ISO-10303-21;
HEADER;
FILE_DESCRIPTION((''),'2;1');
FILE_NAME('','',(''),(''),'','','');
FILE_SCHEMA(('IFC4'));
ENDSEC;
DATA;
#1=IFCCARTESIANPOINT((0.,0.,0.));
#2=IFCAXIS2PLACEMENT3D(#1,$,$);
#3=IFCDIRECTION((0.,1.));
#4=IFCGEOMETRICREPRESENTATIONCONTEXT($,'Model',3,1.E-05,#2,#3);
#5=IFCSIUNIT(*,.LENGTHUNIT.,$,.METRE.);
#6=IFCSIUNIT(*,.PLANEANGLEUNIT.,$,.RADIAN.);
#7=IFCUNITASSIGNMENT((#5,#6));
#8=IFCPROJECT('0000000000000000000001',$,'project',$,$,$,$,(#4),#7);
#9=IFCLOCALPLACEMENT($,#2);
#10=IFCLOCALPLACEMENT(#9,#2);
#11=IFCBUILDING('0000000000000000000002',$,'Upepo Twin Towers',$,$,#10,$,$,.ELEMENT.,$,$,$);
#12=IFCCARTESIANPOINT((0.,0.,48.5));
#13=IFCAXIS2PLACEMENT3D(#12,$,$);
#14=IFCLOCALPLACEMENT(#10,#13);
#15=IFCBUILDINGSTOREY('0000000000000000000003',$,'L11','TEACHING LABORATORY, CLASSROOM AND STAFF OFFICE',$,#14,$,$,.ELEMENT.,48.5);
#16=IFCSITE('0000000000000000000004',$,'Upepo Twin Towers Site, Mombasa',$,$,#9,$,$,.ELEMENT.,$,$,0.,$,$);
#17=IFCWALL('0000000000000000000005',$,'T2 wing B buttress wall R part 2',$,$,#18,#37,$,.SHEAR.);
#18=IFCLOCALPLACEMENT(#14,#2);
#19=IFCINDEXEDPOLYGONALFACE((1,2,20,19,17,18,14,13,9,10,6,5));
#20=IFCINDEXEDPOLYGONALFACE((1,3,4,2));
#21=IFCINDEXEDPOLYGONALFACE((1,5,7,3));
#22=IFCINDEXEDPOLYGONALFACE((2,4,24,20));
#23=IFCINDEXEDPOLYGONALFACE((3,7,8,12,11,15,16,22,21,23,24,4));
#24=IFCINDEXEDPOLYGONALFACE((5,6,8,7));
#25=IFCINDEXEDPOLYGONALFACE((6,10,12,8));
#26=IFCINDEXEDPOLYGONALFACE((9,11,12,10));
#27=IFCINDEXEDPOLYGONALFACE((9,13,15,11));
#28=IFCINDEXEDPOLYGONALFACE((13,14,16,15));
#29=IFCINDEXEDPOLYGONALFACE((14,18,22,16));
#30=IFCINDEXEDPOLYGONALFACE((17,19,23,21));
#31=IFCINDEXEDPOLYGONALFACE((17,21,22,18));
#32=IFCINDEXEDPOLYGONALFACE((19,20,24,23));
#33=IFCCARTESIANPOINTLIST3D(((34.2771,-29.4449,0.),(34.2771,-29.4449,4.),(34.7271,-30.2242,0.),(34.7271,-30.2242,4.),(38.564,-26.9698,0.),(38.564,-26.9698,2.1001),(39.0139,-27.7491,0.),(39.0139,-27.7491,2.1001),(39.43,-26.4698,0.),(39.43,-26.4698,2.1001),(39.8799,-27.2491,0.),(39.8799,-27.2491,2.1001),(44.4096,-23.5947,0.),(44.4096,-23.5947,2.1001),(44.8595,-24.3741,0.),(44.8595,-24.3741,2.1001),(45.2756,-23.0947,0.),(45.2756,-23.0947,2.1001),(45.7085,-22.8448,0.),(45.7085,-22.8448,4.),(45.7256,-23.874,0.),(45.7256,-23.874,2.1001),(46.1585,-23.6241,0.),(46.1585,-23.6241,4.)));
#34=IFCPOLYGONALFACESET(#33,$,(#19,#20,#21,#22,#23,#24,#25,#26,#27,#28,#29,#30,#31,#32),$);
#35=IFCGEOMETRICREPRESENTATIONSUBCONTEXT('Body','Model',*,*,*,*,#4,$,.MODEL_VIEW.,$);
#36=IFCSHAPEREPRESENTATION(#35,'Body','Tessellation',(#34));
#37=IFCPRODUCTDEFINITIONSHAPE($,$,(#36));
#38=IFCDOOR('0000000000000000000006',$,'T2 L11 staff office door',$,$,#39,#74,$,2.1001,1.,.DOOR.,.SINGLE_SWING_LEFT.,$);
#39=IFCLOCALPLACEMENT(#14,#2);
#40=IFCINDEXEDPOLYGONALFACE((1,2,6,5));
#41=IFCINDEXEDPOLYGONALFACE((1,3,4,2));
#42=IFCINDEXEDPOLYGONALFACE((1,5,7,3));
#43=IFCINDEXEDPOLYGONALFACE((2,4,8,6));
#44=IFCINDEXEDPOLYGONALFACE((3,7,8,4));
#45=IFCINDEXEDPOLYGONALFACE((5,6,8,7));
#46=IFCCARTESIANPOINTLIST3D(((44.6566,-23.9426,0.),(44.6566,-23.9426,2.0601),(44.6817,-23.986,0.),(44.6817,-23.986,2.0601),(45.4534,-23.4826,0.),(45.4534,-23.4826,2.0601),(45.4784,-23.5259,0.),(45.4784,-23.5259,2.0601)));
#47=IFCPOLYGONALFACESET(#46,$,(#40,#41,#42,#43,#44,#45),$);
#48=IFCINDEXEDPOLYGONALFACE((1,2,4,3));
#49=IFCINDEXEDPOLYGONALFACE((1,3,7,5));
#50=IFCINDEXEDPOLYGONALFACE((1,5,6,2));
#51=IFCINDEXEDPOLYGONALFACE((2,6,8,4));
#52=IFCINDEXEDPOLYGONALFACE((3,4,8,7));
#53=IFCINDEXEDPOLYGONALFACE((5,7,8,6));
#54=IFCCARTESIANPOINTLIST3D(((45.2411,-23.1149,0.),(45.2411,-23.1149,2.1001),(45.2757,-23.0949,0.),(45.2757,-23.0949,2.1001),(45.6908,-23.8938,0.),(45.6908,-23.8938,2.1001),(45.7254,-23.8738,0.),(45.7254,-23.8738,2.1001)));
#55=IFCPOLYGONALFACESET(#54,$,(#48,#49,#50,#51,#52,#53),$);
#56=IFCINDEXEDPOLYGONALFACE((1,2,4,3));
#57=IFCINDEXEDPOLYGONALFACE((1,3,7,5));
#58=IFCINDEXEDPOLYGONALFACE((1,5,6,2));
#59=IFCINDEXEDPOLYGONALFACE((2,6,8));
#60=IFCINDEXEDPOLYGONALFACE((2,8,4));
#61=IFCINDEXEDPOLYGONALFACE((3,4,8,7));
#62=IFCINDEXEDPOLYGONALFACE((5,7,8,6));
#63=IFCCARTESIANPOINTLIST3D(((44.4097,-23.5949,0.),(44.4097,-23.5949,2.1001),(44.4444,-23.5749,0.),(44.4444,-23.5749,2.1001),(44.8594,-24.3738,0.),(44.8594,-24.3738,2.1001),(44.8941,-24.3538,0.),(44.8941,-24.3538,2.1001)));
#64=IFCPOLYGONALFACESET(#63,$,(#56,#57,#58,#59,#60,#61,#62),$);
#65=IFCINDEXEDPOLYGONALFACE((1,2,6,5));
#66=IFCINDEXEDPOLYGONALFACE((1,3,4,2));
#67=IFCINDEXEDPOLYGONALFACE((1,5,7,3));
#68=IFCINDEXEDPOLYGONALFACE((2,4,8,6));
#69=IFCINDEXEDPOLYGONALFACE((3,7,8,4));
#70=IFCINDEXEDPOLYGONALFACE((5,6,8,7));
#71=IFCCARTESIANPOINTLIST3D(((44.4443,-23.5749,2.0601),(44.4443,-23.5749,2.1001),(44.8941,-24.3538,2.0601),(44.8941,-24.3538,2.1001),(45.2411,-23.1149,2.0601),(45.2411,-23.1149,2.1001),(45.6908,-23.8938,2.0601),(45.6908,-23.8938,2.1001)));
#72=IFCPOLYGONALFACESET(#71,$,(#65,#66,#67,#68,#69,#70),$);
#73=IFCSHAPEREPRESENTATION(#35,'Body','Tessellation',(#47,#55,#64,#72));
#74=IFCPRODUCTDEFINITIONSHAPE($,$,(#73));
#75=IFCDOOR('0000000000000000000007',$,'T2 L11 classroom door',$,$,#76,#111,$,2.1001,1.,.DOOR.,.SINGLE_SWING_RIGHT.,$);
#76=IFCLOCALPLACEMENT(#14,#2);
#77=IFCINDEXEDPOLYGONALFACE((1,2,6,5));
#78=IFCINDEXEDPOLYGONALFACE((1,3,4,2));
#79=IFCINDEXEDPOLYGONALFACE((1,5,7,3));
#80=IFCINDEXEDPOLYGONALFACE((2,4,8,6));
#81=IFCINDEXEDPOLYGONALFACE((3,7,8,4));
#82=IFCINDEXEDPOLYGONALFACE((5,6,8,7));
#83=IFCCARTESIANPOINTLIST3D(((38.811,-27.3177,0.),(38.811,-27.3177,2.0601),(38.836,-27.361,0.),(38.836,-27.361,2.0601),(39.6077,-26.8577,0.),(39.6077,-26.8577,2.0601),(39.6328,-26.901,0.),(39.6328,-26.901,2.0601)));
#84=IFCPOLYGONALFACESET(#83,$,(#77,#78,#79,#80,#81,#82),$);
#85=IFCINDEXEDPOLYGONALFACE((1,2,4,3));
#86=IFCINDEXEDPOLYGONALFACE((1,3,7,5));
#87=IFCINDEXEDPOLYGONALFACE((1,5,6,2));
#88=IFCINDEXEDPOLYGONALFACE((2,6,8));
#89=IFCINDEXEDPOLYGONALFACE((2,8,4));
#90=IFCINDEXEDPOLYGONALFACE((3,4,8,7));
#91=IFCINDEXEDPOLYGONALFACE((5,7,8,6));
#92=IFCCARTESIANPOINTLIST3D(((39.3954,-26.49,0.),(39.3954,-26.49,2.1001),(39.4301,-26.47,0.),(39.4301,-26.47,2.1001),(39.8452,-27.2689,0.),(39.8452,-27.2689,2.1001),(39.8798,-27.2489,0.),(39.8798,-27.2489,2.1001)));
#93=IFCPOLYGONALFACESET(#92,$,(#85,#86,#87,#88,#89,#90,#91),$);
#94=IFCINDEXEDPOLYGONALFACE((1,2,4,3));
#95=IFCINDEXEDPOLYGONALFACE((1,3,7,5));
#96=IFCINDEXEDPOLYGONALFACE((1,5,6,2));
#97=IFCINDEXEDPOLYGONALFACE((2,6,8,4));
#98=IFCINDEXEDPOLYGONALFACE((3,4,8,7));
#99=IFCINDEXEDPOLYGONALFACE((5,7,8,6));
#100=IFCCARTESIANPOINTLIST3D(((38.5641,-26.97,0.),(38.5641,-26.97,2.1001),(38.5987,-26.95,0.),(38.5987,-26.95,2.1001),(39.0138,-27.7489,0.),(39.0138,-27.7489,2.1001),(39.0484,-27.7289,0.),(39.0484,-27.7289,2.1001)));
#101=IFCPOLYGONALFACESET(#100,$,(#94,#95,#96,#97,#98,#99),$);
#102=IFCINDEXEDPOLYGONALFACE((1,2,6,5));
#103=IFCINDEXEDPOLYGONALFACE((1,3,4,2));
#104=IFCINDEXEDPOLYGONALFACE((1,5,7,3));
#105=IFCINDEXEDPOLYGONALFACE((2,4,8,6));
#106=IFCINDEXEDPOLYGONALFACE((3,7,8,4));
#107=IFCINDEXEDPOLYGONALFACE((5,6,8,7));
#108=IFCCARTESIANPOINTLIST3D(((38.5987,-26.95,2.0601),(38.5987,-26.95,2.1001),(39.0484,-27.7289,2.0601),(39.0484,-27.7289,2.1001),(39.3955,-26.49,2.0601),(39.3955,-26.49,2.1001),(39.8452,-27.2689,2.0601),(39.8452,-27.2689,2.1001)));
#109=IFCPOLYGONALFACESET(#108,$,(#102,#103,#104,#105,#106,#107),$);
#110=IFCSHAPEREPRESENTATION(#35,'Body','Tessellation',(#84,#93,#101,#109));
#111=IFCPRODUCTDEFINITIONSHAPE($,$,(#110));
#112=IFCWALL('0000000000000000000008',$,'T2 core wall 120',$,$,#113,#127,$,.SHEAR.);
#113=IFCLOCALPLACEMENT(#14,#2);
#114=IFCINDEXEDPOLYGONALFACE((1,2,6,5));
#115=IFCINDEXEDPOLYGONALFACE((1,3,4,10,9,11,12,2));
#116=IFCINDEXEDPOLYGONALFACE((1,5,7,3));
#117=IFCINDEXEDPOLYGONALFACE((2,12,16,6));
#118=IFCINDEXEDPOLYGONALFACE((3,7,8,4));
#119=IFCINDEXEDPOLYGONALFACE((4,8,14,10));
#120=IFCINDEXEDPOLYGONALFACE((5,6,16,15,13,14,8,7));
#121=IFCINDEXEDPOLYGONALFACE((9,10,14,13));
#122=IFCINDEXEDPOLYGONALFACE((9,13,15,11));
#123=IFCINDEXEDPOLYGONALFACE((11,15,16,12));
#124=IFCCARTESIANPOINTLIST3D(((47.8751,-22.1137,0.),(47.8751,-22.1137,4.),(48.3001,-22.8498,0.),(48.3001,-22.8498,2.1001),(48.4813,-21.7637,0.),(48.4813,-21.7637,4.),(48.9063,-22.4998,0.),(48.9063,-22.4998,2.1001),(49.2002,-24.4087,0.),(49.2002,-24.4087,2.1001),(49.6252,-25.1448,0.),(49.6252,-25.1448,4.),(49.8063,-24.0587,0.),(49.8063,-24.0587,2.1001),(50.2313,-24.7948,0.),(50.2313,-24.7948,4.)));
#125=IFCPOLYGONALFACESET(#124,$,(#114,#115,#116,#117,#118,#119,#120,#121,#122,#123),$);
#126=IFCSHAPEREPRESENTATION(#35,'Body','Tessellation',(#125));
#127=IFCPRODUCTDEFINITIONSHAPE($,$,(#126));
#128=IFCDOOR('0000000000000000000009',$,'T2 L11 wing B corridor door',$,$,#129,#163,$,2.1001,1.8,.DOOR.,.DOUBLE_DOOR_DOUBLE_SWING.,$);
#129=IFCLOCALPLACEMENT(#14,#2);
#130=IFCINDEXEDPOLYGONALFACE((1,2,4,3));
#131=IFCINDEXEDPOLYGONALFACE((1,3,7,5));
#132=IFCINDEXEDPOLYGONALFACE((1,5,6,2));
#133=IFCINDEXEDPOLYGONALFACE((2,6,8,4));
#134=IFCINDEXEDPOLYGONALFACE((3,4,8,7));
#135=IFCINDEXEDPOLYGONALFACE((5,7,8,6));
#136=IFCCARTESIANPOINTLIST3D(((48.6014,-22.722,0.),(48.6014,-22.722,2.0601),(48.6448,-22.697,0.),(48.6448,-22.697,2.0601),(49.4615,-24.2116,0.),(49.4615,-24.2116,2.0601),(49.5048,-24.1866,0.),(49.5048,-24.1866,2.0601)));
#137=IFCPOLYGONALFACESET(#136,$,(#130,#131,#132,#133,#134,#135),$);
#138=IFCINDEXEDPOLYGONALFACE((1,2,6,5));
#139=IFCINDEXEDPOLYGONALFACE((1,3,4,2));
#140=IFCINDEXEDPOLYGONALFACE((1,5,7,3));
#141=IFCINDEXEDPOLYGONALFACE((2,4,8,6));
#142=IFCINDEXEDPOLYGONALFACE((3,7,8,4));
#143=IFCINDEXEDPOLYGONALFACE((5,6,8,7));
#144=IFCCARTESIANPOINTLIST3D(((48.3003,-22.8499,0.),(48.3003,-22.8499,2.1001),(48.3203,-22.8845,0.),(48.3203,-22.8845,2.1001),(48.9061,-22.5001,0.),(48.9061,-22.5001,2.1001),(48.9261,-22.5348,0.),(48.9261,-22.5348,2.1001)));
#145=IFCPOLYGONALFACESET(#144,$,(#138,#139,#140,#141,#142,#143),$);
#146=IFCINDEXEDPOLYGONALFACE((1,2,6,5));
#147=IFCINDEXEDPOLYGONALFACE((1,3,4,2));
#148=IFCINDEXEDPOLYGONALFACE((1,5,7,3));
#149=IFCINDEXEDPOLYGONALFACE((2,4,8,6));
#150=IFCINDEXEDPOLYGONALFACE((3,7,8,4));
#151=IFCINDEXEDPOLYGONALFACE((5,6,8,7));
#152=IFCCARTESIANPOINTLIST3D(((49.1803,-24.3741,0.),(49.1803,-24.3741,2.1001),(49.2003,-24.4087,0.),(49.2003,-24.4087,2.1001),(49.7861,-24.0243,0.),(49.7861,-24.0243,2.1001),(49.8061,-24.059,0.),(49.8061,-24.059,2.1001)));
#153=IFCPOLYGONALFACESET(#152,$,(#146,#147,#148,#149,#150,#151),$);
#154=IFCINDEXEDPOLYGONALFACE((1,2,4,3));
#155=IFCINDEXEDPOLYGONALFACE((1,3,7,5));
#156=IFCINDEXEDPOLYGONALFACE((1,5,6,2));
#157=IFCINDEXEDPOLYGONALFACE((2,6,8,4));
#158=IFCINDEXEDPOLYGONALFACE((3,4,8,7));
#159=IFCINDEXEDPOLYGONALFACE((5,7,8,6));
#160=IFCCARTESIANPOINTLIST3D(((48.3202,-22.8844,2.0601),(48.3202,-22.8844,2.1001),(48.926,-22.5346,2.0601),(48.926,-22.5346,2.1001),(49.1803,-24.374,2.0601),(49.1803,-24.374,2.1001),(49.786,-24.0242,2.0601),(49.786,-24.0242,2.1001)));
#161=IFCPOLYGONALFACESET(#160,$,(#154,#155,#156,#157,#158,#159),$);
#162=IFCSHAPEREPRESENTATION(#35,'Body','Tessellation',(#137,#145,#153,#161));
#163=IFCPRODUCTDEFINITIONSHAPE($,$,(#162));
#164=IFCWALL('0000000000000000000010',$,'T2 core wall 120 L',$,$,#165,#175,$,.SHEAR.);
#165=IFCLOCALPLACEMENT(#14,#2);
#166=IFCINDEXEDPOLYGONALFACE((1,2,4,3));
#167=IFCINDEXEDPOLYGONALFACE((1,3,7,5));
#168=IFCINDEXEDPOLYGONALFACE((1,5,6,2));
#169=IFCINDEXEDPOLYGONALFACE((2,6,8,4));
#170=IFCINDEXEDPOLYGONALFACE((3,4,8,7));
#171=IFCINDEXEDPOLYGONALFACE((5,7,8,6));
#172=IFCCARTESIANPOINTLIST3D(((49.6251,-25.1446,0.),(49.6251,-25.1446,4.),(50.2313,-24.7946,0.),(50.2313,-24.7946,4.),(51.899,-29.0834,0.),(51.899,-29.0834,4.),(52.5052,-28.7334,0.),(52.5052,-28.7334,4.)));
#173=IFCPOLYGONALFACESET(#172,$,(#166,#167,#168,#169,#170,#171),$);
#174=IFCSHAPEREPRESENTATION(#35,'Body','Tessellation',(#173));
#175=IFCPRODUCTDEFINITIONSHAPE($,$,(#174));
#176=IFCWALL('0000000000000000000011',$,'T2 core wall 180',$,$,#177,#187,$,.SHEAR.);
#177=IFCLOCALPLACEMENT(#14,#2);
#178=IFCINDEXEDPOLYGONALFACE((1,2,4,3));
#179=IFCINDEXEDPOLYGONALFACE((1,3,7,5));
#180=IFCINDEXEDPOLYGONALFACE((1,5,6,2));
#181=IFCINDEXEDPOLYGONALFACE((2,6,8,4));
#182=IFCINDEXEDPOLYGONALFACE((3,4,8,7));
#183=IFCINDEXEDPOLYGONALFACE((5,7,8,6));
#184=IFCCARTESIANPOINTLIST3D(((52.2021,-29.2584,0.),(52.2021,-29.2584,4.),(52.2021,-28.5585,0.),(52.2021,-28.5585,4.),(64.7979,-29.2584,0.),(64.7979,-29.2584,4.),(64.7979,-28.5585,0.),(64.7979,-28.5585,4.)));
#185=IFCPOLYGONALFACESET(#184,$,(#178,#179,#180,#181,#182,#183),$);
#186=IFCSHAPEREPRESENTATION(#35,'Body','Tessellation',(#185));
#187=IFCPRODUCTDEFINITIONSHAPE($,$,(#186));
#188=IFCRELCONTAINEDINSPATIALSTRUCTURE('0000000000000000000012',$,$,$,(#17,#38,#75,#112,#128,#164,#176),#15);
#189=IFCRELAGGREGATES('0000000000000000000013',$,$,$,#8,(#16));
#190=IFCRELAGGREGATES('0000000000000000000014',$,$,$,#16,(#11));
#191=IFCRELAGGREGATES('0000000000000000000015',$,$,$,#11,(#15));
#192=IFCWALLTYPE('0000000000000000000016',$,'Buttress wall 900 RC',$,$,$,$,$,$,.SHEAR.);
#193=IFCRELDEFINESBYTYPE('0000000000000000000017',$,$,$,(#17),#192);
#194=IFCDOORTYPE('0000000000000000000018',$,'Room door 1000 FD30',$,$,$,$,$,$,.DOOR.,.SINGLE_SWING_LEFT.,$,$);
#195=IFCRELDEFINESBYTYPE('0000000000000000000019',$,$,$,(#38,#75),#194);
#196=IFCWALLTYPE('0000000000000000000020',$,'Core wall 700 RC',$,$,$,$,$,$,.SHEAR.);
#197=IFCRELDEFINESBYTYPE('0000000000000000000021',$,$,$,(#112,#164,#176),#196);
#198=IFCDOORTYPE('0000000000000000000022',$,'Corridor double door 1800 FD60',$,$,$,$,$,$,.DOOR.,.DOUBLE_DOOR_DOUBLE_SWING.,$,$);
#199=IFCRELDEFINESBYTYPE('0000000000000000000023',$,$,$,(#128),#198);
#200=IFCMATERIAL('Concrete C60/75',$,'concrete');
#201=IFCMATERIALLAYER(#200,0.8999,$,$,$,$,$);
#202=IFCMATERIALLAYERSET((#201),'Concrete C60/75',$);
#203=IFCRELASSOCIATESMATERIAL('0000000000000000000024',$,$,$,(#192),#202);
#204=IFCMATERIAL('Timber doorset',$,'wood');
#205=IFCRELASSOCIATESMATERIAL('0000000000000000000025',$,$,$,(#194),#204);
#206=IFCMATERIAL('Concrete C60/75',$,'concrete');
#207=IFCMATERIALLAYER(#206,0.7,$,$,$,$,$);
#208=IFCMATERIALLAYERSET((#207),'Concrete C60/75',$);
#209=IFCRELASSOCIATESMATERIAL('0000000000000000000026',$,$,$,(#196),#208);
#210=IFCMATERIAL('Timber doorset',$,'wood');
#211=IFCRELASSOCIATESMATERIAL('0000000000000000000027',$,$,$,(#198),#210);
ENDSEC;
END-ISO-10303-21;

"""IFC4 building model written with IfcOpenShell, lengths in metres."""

from ifc_helpers import new_model, si_unit, direction, frame, frame_2d, origin, place, context, subcontext, project, spatial, rectangle, extrude, material, layer, layer_set, type_object, element, fill, save


model = new_model("IFC4")

# Units and contexts
model_context = context("Model", 3, precision=1e-05, world=origin(), true_north=direction((0.0, 1.0)))
body_context = subcontext(model_context, "Body", "Model", "MODEL_VIEW")
ifc_project = project(units=[si_unit("LENGTHUNIT", "METRE"), si_unit("PLANEANGLEUNIT", "RADIAN")], contexts=[model_context])

# Site, building, storey
site_placement = place(None, origin())
site = spatial("IfcSite", under=ifc_project, at=site_placement, Name="Upepo Twin Towers Site, Mombasa", CompositionType="ELEMENT", RefElevation=0.0)
building_placement = place(site_placement, origin())
building = spatial("IfcBuilding", under=site, at=building_placement, Name="Upepo Twin Towers", CompositionType="ELEMENT")
storey_placement = place(building_placement, frame((0.0, 0.0, 48.5)))
storey = spatial("IfcBuildingStorey", under=building, at=storey_placement, Name="L11", Description="TEACHING LABORATORY, CLASSROOM AND STAFF OFFICE", CompositionType="ELEMENT", Elevation=48.5)

# Wall, openings, doors
ifc_material_1 = material(Name="Concrete C60/75", Category="concrete")
ifc_layer_1 = layer(ifc_material_1, 0.8999)
ifc_layer_set_1 = layer_set([ifc_layer_1], Name="Concrete C60/75")
wall_type_1 = type_object("IfcWallType", Name="Buttress wall 900 RC", PredefinedType="SHEAR", material=ifc_layer_set_1)
ifc_material_2 = material(Name="Timber doorset", Category="wood")
door_type_1 = type_object("IfcDoorType", Name="Room door 1000 FD30", OperationType="SINGLE_SWING_LEFT", PredefinedType="DOOR", material=ifc_material_2)
wall_1_placement = place(storey_placement, frame((45.9336, -23.2344, 0.0), z_axis=(0.0, 0.0, 1.0), x_axis=(-0.86602, -0.50001, 0.0)))
wall_1 = element("IfcWall", 1, at=wall_1_placement, inside=storey, type_object=wall_type_1, Name="T2 wing B buttress wall R part 2", PredefinedType="SHEAR", context=body_context, shape_type="SweptSolid", body=[
    extrude(rectangle(XDim=13.2, YDim=0.8999, at=frame_2d((6.6001, 0.0))), origin(), (0.0, 0.0, 1.0), 4.0),
])
opening_1_placement = place(wall_1_placement, frame((0.5, 0.0, 0.0)))
opening_1 = element("IfcOpeningElement", 2, at=opening_1_placement, cuts=wall_1, PredefinedType="OPENING", context=body_context, shape_type="SweptSolid", body=[
    extrude(rectangle(XDim=1.0, YDim=2.1001, at=frame_2d((0.5, 1.05))), frame((0.0, 0.46, 0.0), z_axis=(0.0, -1.0, 0.0), x_axis=(1.0, 0.0, 0.0)), (0.0, 0.0, 1.0), 0.9199),
])
opening_2_placement = place(wall_1_placement, frame((7.25, 0.0, 0.0)))
opening_2 = element("IfcOpeningElement", 3, at=opening_2_placement, cuts=wall_1, PredefinedType="OPENING", context=body_context, shape_type="SweptSolid", body=[
    extrude(rectangle(XDim=1.0, YDim=2.1001, at=frame_2d((0.5, 1.05))), frame((0.0, 0.46, 0.0), z_axis=(0.0, -1.0, 0.0), x_axis=(1.0, 0.0, 0.0)), (0.0, 0.0, 1.0), 0.9199),
])
door_1_placement = place(opening_1_placement, origin())
door_1 = element("IfcDoor", 4, at=door_1_placement, inside=storey, type_object=door_type_1, Name="T2 L11 staff office door", OperationType="SINGLE_SWING_LEFT", OverallHeight=2.1001, OverallWidth=1.0, PredefinedType="DOOR", context=body_context, shape_type="SweptSolid", body=[
    extrude(rectangle(XDim=0.92, YDim=2.0601, at=frame_2d((0.5, 1.03))), frame((0.0, 0.0249, 0.0), z_axis=(0.0, -1.0, 0.0), x_axis=(1.0, 0.0, 0.0)), (0.0, 0.0, 1.0), 0.05),
    extrude(rectangle(XDim=0.04, YDim=2.1001, at=frame_2d((0.02, 1.05))), frame((0.0, 0.4497, 0.0), z_axis=(0.0, -1.0, 0.0), x_axis=(1.0, 0.0, 0.0)), (0.0, 0.0, 1.0), 0.8994),
    extrude(rectangle(XDim=0.04, YDim=2.1001, at=frame_2d((0.98, 1.05))), frame((0.0, 0.4497, 0.0), z_axis=(0.0, -1.0, 0.0), x_axis=(1.0, 0.0, 0.0)), (0.0, 0.0, 1.0), 0.8994),
    extrude(rectangle(XDim=0.92, YDim=0.04, at=frame_2d((0.5, 2.0801))), frame((0.0, 0.4497, 0.0), z_axis=(0.0, -1.0, 0.0), x_axis=(1.0, 0.0, 0.0)), (0.0, 0.0, 1.0), 0.8994),
])
fill(opening_1, door_1)
door_2_placement = place(opening_2_placement, origin())
door_2 = element("IfcDoor", 5, at=door_2_placement, inside=storey, type_object=door_type_1, Name="T2 L11 classroom door", OperationType="SINGLE_SWING_RIGHT", OverallHeight=2.1001, OverallWidth=1.0, PredefinedType="DOOR", context=body_context, shape_type="SweptSolid", body=[
    extrude(rectangle(XDim=0.92, YDim=2.0601, at=frame_2d((0.5, 1.03))), frame((0.0, 0.0249, 0.0), z_axis=(0.0, -1.0, 0.0), x_axis=(1.0, 0.0, 0.0)), (0.0, 0.0, 1.0), 0.05),
    extrude(rectangle(XDim=0.04, YDim=2.1001, at=frame_2d((0.02, 1.05))), frame((0.0, 0.4497, 0.0), z_axis=(0.0, -1.0, 0.0), x_axis=(1.0, 0.0, 0.0)), (0.0, 0.0, 1.0), 0.8994),
    extrude(rectangle(XDim=0.04, YDim=2.1001, at=frame_2d((0.98, 1.05))), frame((0.0, 0.4497, 0.0), z_axis=(0.0, -1.0, 0.0), x_axis=(1.0, 0.0, 0.0)), (0.0, 0.0, 1.0), 0.8994),
    extrude(rectangle(XDim=0.92, YDim=0.04, at=frame_2d((0.5, 2.0801))), frame((0.0, 0.4497, 0.0), z_axis=(0.0, -1.0, 0.0), x_axis=(1.0, 0.0, 0.0)), (0.0, 0.0, 1.0), 0.8994),
])
fill(opening_2, door_2)

# Wall, opening, door
ifc_material_3 = material(Name="Concrete C60/75", Category="concrete")
ifc_layer_2 = layer(ifc_material_3, 0.7)
ifc_layer_set_2 = layer_set([ifc_layer_2], Name="Concrete C60/75")
wall_type_2 = type_object("IfcWallType", Name="Core wall 700 RC", PredefinedType="SHEAR", material=ifc_layer_set_2)
wall_2_placement = place(storey_placement, frame((48.1782, -21.9387, 0.0), z_axis=(0.0, 0.0, 1.0), x_axis=(0.50001, -0.866019, 0.0)))
wall_2 = element("IfcWall", 6, at=wall_2_placement, inside=storey, type_object=wall_type_2, Name="T2 core wall 120", PredefinedType="SHEAR", context=body_context, shape_type="SweptSolid", body=[
    extrude(rectangle(XDim=3.5, YDim=0.7, at=frame_2d((1.75, 0.0))), origin(), (0.0, 0.0, 1.0), 4.0),
])
opening_3_placement = place(wall_2_placement, frame((0.8501, 0.0, 0.0)))
opening_3 = element("IfcOpeningElement", 7, at=opening_3_placement, cuts=wall_2, PredefinedType="OPENING", context=body_context, shape_type="SweptSolid", body=[
    extrude(rectangle(XDim=1.8, YDim=2.1001, at=frame_2d((0.8999, 1.05))), frame((0.0, 0.3599, 0.0), z_axis=(0.0, -1.0, 0.0), x_axis=(1.0, 0.0, 0.0)), (0.0, 0.0, 1.0), 0.72),
])
ifc_material_4 = material(Name="Timber doorset", Category="wood")
door_type_2 = type_object("IfcDoorType", Name="Corridor double door 1800 FD60", OperationType="DOUBLE_DOOR_DOUBLE_SWING", PredefinedType="DOOR", material=ifc_material_4)
door_3_placement = place(opening_3_placement, origin())
door_3 = element("IfcDoor", 8, at=door_3_placement, inside=storey, type_object=door_type_2, Name="T2 L11 wing B corridor door", OperationType="DOUBLE_DOOR_DOUBLE_SWING", OverallHeight=2.1001, OverallWidth=1.8, PredefinedType="DOOR", context=body_context, shape_type="SweptSolid", body=[
    extrude(rectangle(XDim=1.72, YDim=2.0601, at=frame_2d((0.8999, 1.03))), frame((0.0, 0.0249, 0.0), z_axis=(0.0, -1.0, 0.0), x_axis=(1.0, 0.0, 0.0)), (0.0, 0.0, 1.0), 0.05),
    extrude(rectangle(XDim=0.04, YDim=2.1001, at=frame_2d((0.02, 1.05))), frame((0.0, 0.3496, 0.0), z_axis=(0.0, -1.0, 0.0), x_axis=(1.0, 0.0, 0.0)), (0.0, 0.0, 1.0), 0.6995),
    extrude(rectangle(XDim=0.04, YDim=2.1001, at=frame_2d((1.78, 1.05))), frame((0.0, 0.3496, 0.0), z_axis=(0.0, -1.0, 0.0), x_axis=(1.0, 0.0, 0.0)), (0.0, 0.0, 1.0), 0.6995),
    extrude(rectangle(XDim=1.72, YDim=0.04, at=frame_2d((0.8999, 2.0801))), frame((0.0, 0.3496, 0.0), z_axis=(0.0, -1.0, 0.0), x_axis=(1.0, 0.0, 0.0)), (0.0, 0.0, 1.0), 0.6995),
])
fill(opening_3, door_3)

# Walls
wall_3_placement = place(storey_placement, frame((49.9282, -24.9697, 0.0), z_axis=(0.0, 0.0, 1.0), x_axis=(0.499984, -0.866035, 0.0)))
element("IfcWall", 9, at=wall_3_placement, inside=storey, type_object=wall_type_2, Name="T2 core wall 120 L", PredefinedType="SHEAR", context=body_context, shape_type="SweptSolid", body=[
    extrude(rectangle(XDim=4.5481, YDim=0.7, at=frame_2d((2.2739, 0.0))), origin(), (0.0, 0.0, 1.0), 4.0),
])
wall_4_placement = place(storey_placement, frame((52.2021, -28.9084, 0.0), z_axis=(0.0, 0.0, 1.0), x_axis=(1.0, 0.0, 0.0)))
element("IfcWall", 10, at=wall_4_placement, inside=storey, type_object=wall_type_2, Name="T2 core wall 180", PredefinedType="SHEAR", context=body_context, shape_type="SweptSolid", body=[
    extrude(rectangle(XDim=12.5957, YDim=0.7, at=frame_2d((6.2979, 0.0))), origin(), (0.0, 0.0, 1.0), 4.0),
])

save(model, "model.ifc")
